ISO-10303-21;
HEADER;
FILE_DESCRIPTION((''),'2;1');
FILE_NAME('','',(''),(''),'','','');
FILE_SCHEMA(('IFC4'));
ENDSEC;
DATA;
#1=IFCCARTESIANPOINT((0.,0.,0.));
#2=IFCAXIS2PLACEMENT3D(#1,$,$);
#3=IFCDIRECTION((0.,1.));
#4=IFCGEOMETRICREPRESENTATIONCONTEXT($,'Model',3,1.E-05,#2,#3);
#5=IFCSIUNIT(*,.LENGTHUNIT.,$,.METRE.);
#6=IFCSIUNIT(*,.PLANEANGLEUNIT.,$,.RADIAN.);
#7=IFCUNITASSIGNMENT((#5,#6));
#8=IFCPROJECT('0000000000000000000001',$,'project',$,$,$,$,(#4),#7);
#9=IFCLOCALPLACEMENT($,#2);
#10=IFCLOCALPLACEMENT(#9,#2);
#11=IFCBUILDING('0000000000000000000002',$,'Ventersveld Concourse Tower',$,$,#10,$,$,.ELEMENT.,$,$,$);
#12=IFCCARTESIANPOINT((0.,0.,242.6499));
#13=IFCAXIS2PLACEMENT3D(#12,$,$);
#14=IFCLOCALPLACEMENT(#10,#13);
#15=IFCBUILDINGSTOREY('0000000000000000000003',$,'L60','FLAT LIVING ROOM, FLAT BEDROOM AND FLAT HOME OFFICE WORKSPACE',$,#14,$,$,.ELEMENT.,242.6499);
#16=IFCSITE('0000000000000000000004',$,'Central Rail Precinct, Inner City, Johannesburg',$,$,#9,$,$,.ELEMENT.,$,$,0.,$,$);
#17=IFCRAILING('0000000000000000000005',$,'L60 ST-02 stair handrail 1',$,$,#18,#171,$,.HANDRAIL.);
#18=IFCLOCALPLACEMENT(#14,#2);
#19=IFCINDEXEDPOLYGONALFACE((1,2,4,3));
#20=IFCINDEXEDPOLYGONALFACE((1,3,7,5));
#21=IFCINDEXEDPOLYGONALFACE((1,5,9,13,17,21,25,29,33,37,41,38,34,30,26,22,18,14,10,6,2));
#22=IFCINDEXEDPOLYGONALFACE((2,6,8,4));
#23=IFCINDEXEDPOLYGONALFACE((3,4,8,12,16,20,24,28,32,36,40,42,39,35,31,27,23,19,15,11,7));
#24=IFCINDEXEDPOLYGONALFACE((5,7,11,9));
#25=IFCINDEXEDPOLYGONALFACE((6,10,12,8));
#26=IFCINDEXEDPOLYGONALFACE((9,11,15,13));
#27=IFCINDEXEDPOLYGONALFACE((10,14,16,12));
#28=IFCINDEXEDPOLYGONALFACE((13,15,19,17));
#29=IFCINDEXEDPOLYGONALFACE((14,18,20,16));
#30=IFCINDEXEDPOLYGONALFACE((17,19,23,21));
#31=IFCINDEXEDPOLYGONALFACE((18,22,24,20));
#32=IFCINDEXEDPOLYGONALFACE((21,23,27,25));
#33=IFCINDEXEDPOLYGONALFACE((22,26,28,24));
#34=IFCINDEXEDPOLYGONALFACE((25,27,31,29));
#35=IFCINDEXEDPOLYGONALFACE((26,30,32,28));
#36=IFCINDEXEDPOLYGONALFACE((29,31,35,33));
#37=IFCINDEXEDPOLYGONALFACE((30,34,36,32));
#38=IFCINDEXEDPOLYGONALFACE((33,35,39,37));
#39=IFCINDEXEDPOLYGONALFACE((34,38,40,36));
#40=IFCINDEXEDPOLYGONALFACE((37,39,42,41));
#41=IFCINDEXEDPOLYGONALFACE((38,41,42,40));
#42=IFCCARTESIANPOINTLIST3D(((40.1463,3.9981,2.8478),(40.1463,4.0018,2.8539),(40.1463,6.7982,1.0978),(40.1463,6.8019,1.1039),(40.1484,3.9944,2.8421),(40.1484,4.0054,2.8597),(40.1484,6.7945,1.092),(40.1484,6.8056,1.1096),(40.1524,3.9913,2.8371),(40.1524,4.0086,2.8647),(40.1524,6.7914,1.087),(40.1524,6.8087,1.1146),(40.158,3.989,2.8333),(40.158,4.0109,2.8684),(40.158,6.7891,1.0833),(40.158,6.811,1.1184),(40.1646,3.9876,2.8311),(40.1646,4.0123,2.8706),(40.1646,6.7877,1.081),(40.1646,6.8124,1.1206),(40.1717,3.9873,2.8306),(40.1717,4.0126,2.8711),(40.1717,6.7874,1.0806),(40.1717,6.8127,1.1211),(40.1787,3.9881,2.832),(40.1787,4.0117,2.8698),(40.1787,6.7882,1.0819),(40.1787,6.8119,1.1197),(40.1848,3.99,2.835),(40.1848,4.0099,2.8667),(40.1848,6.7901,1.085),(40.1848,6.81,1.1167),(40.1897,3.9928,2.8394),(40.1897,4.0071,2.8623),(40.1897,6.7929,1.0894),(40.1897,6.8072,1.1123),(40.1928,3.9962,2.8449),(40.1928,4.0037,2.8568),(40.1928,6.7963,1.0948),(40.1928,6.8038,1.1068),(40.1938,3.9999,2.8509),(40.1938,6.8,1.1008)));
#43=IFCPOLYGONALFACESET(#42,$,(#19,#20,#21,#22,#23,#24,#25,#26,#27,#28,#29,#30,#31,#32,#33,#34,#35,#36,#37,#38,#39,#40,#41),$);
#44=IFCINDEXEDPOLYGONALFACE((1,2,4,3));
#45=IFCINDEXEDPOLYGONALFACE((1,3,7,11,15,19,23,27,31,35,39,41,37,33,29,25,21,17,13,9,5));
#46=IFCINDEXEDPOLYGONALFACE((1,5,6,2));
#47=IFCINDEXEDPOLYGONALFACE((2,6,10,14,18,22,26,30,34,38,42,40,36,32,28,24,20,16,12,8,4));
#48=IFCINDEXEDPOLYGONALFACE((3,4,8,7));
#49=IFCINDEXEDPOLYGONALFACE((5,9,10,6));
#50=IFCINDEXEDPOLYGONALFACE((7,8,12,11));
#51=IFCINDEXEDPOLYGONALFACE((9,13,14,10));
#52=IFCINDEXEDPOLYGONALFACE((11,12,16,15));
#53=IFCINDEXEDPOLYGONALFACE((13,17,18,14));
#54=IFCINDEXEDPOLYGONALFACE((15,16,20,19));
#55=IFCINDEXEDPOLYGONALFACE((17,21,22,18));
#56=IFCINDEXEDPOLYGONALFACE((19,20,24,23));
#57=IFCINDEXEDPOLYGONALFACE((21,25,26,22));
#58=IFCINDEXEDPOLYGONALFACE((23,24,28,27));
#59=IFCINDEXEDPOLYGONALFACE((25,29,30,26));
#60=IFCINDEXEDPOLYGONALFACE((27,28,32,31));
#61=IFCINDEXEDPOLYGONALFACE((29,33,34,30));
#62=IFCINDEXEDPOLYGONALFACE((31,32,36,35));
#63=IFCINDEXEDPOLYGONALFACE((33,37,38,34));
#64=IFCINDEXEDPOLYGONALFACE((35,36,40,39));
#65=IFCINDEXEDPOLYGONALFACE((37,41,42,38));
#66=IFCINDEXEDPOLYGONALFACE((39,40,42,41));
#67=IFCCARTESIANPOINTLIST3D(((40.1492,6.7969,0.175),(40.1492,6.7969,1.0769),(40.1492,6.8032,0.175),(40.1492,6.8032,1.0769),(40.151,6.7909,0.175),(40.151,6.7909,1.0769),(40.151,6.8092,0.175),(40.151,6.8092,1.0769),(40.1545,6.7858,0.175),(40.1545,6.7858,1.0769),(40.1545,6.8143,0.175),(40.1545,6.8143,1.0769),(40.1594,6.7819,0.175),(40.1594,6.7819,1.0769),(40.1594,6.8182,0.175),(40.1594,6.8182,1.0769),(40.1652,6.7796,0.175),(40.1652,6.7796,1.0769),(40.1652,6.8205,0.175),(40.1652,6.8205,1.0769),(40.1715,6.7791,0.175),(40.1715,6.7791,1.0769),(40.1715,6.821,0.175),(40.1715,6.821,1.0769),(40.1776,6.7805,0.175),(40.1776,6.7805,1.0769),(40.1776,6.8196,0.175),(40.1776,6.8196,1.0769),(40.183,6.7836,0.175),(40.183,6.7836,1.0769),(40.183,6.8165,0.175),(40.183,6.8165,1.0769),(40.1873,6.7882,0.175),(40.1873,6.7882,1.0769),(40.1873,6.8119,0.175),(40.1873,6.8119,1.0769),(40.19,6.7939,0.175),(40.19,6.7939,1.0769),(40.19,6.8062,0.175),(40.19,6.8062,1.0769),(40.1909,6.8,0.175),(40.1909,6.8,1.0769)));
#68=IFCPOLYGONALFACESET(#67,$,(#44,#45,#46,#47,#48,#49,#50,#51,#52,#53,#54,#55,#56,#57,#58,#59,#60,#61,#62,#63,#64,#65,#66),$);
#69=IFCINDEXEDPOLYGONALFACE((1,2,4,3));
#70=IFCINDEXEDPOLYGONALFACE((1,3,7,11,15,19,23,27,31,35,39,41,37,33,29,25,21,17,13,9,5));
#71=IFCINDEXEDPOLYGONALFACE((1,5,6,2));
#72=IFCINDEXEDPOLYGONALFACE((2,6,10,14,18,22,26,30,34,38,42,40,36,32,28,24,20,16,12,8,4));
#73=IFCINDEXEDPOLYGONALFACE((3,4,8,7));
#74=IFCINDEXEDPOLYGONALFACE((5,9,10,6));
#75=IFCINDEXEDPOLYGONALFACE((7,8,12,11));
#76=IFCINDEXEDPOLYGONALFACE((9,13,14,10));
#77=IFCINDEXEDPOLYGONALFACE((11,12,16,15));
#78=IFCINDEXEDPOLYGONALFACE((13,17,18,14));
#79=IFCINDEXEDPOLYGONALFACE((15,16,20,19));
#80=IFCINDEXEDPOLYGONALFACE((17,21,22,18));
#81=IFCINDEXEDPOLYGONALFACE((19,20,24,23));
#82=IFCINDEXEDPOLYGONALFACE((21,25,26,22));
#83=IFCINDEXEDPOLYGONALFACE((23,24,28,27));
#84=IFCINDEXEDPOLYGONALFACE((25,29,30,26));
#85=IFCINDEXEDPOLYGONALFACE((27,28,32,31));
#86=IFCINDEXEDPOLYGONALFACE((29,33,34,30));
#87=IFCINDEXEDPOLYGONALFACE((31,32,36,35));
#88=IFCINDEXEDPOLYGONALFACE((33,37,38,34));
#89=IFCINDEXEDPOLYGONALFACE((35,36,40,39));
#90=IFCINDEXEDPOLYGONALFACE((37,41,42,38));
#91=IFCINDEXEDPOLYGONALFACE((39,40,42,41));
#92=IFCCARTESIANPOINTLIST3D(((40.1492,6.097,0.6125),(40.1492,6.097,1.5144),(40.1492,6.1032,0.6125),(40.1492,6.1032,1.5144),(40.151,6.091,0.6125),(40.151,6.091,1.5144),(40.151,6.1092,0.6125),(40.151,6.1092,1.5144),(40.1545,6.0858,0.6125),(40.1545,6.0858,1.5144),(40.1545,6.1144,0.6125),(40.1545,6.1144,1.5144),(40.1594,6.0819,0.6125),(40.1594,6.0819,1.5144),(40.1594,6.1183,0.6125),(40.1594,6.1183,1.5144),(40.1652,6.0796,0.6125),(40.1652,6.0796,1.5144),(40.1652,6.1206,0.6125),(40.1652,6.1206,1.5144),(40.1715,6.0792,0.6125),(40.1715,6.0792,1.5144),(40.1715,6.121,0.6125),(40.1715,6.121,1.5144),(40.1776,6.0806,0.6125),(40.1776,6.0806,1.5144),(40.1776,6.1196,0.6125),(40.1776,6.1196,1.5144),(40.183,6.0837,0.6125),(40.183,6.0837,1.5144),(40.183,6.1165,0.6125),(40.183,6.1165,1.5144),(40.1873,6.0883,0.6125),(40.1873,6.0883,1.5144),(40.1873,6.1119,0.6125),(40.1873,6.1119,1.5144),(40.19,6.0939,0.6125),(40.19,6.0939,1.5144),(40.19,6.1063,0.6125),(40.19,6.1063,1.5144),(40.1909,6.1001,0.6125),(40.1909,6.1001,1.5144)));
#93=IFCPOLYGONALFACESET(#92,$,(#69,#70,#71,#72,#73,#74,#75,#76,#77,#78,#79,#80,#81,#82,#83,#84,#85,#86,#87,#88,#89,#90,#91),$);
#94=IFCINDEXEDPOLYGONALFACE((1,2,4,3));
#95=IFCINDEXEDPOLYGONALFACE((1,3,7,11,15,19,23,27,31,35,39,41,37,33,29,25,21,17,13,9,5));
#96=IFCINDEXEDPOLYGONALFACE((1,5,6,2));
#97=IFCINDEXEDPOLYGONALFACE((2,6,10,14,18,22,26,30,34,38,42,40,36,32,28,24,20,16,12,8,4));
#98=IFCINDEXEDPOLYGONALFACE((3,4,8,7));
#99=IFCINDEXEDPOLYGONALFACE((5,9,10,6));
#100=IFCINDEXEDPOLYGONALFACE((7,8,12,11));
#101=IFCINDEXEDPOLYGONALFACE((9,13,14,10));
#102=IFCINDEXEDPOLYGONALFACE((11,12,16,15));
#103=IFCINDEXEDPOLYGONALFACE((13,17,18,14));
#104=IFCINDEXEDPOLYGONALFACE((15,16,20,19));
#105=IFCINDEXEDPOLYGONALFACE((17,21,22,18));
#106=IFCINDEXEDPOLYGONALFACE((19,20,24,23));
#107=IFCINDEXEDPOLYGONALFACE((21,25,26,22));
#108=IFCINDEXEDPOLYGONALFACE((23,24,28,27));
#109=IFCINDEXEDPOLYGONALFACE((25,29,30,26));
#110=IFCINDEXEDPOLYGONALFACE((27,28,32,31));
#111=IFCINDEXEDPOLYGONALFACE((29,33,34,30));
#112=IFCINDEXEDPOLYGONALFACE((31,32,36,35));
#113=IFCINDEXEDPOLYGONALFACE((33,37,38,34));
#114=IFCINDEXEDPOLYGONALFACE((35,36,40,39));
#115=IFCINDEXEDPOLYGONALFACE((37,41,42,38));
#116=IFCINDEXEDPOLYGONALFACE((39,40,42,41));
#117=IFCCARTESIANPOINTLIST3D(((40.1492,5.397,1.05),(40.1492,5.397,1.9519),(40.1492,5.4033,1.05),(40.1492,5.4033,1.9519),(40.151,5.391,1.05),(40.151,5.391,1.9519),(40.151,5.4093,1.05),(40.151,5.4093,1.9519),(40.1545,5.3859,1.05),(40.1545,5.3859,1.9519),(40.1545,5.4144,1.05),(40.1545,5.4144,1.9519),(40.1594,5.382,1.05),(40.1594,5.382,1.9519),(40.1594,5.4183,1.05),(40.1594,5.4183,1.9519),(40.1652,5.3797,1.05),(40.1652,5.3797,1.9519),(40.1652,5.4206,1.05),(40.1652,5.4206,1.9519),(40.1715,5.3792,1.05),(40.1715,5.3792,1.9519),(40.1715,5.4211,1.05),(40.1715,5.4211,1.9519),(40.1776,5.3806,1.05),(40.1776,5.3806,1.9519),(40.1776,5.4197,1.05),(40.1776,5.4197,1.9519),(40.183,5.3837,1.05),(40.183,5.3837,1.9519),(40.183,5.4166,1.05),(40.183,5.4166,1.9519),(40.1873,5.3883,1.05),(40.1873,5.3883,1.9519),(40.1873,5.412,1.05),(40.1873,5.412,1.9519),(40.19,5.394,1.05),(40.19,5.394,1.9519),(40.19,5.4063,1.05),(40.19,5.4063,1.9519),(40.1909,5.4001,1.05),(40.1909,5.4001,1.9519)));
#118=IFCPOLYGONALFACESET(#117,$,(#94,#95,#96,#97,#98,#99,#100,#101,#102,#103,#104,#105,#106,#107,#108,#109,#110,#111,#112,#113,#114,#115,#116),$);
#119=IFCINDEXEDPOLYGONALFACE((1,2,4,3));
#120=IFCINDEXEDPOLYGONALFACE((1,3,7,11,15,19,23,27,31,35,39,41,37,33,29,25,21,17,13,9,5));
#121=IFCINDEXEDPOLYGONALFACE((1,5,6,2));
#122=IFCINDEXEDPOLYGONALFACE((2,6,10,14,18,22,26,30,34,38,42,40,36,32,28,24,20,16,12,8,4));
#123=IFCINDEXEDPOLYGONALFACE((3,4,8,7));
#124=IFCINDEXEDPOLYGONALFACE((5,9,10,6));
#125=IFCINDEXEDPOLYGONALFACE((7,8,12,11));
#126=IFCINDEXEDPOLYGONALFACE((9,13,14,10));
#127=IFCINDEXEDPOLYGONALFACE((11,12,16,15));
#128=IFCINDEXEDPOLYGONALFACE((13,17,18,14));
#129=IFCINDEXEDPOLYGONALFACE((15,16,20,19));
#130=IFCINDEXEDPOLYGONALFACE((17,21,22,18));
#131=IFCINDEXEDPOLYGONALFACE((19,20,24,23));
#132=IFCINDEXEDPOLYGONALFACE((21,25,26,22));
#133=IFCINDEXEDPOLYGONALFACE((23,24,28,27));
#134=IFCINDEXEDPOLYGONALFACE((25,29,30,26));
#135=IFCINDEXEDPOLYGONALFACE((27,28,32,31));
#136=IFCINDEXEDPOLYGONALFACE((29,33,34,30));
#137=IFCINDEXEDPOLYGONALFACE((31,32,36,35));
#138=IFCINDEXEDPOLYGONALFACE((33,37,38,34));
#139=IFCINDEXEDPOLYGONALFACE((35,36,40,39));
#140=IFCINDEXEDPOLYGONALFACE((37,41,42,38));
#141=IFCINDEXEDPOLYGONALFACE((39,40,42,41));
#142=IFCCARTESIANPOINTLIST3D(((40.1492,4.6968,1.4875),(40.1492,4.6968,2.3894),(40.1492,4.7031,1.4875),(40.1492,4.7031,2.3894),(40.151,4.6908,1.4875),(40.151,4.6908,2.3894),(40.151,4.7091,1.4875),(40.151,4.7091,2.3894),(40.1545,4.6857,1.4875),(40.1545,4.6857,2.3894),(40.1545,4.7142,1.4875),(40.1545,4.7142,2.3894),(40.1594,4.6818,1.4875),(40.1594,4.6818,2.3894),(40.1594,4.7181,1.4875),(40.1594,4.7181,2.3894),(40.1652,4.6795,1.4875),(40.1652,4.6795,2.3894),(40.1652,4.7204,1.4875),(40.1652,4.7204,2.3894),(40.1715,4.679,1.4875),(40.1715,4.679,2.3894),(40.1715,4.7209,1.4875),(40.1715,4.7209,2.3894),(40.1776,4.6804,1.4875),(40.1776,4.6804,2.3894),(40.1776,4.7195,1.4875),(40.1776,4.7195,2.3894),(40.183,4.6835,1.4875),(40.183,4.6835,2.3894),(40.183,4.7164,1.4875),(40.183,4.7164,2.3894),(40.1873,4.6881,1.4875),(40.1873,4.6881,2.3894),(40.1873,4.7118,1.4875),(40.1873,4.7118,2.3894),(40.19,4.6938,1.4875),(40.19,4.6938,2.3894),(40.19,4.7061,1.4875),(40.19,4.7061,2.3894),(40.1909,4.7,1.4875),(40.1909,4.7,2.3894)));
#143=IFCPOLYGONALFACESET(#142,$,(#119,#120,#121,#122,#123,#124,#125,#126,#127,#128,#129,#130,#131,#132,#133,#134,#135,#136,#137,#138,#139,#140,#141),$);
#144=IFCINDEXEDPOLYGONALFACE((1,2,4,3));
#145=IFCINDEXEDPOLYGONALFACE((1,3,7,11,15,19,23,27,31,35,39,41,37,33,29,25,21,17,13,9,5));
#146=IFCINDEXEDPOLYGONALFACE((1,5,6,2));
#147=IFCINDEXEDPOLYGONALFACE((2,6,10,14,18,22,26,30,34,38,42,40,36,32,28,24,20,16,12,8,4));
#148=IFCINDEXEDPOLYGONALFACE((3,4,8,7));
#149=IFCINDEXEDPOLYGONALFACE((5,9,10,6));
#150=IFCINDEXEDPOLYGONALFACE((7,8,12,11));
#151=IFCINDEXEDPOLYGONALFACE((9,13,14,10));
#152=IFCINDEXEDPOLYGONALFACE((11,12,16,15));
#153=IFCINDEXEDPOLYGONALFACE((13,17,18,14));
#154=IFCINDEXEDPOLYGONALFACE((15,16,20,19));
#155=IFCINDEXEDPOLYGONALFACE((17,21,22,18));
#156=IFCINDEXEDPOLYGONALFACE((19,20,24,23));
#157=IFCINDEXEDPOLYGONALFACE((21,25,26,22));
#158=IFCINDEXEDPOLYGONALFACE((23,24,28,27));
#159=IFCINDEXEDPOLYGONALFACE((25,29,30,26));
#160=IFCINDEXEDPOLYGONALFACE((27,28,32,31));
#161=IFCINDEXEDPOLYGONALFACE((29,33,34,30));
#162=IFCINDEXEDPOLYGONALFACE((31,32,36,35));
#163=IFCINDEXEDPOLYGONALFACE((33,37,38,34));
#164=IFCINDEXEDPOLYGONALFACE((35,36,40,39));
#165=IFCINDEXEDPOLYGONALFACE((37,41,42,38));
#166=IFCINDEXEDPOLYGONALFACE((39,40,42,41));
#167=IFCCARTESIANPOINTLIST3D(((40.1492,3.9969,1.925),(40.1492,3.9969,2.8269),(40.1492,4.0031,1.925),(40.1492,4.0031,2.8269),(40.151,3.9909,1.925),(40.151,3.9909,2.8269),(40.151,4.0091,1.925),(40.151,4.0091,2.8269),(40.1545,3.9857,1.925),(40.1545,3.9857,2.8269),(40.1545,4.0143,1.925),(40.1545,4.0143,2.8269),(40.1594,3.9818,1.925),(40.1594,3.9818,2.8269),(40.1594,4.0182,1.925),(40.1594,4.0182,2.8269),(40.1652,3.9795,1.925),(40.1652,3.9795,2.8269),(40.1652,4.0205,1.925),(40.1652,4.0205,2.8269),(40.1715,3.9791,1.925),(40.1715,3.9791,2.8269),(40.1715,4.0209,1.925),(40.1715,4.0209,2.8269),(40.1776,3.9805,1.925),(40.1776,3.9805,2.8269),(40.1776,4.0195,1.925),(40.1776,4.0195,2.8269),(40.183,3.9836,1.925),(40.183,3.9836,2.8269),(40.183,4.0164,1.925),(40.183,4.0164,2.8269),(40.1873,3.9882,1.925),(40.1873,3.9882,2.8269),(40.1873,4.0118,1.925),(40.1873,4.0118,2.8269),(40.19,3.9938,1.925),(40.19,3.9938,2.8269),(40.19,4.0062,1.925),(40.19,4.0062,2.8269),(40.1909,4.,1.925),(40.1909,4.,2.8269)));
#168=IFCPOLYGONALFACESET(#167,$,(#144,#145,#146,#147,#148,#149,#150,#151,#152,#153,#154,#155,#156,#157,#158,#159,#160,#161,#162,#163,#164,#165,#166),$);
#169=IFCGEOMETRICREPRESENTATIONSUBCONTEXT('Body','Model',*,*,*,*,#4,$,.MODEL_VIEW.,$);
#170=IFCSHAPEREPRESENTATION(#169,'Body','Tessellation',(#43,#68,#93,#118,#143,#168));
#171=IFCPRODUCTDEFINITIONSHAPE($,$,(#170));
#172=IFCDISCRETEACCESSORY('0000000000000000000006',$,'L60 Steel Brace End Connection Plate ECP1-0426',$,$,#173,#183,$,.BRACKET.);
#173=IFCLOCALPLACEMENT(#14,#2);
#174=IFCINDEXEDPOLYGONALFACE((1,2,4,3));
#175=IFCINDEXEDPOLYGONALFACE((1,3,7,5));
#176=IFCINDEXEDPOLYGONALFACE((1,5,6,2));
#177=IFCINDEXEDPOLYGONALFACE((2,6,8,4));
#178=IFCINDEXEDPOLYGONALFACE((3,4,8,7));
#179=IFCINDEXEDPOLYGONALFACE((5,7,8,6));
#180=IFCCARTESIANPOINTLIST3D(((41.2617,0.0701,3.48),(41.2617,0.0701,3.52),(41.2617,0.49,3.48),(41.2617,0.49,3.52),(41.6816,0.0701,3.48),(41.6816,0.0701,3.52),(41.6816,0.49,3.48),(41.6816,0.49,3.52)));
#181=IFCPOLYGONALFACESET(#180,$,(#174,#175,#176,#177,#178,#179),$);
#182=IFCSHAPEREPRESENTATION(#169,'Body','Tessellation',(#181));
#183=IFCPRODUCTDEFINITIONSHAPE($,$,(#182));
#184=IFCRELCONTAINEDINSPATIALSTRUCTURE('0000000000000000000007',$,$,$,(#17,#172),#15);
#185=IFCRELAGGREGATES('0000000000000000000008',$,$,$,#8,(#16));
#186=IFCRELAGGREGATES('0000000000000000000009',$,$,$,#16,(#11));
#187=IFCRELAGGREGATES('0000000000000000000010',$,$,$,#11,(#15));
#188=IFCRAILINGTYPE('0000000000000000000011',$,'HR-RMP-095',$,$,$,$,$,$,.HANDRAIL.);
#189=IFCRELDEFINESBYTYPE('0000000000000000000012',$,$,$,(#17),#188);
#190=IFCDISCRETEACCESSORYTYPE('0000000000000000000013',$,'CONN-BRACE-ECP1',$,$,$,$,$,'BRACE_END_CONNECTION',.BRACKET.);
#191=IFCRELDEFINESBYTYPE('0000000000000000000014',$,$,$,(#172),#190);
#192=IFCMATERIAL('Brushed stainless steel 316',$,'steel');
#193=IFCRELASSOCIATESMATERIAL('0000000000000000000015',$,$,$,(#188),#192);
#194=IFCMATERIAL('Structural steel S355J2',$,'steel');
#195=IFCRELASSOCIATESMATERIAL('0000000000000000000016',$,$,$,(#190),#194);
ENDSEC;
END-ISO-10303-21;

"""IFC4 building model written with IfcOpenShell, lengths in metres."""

from ifc_helpers import new_model, si_unit, direction, frame, origin, origin_2d, place, context, subcontext, project, spatial, rectangle, circle, extrude, material, type_object, element, save


model = new_model("IFC4")

# Units and contexts
model_context = context("Model", 3, precision=1e-05, world=origin(), true_north=direction((0.0, 1.0)))
body_context = subcontext(model_context, "Body", "Model", "MODEL_VIEW")
ifc_project = project(units=[si_unit("LENGTHUNIT", "METRE"), si_unit("PLANEANGLEUNIT", "RADIAN")], contexts=[model_context])

# Site, building, storey
site_placement = place(None, origin())
site = spatial("IfcSite", under=ifc_project, at=site_placement, Name="Central Rail Precinct, Inner City, Johannesburg", CompositionType="ELEMENT", RefElevation=0.0)
building_placement = place(site_placement, origin())
building = spatial("IfcBuilding", under=site, at=building_placement, Name="Ventersveld Concourse Tower", CompositionType="ELEMENT")
storey_placement = place(building_placement, frame((0.0, 0.0, 242.6499)))
storey = spatial("IfcBuildingStorey", under=building, at=storey_placement, Name="L60", Description="FLAT LIVING ROOM, FLAT BEDROOM AND FLAT HOME OFFICE WORKSPACE", CompositionType="ELEMENT", Elevation=242.6499)

# Railing
ifc_material_1 = material(Name="Brushed stainless steel 316", Category="steel")
railing_type_1 = type_object("IfcRailingType", Name="HR-RMP-095", PredefinedType="HANDRAIL", material=ifc_material_1)
railing_1_placement = place(storey_placement, frame((40.1699, 6.8, 0.175)))
element("IfcRailing", 1, at=railing_1_placement, inside=storey, type_object=railing_type_1, Name="L60 ST-02 stair handrail 1", PredefinedType="HANDRAIL", context=body_context, shape_type="SweptSolid", body=[
    extrude(circle(Radius=0.0239, at=origin_2d()), frame((0.0, 0.0, 0.9258), z_axis=(0.0, -0.848002, 0.529992), x_axis=(1.0, 0.0, 0.0)), (0.0, 0.0, 1.0), 3.302),
    extrude(circle(Radius=0.021, at=origin_2d()), origin(), (0.0, 0.0, 1.0), 0.9019),
    extrude(circle(Radius=0.021, at=origin_2d()), frame((0.0, -0.7, 0.4375)), (0.0, 0.0, 1.0), 0.9019),
    extrude(circle(Radius=0.021, at=origin_2d()), frame((0.0, -1.3999, 0.875)), (0.0, 0.0, 1.0), 0.9019),
    extrude(circle(Radius=0.021, at=origin_2d()), frame((0.0, -2.1001, 1.3125)), (0.0, 0.0, 1.0), 0.9019),
    extrude(circle(Radius=0.021, at=origin_2d()), frame((0.0, -2.8, 1.75)), (0.0, 0.0, 1.0), 0.9019),
])

# Discrete accessory
ifc_material_2 = material(Name="Structural steel S355J2", Category="steel")
discrete_accessory_type = type_object("IfcDiscreteAccessoryType", Name="CONN-BRACE-ECP1", ElementType="BRACE_END_CONNECTION", PredefinedType="BRACKET", material=ifc_material_2)
discrete_accessory_placement = place(storey_placement, frame((41.4717, 0.28, 3.48), z_axis=(0.0, 0.0, 1.0), x_axis=(1.0, 0.0, 0.0)))
element("IfcDiscreteAccessory", 2, at=discrete_accessory_placement, inside=storey, type_object=discrete_accessory_type, Name="L60 Steel Brace End Connection Plate ECP1-0426", PredefinedType="BRACKET", context=body_context, shape_type="SweptSolid", body=[
    extrude(rectangle(XDim=0.4199, YDim=0.4199, at=origin_2d()), origin(), (0.0, 0.0, 1.0), 0.04),
])

save(model, "model.ifc")
